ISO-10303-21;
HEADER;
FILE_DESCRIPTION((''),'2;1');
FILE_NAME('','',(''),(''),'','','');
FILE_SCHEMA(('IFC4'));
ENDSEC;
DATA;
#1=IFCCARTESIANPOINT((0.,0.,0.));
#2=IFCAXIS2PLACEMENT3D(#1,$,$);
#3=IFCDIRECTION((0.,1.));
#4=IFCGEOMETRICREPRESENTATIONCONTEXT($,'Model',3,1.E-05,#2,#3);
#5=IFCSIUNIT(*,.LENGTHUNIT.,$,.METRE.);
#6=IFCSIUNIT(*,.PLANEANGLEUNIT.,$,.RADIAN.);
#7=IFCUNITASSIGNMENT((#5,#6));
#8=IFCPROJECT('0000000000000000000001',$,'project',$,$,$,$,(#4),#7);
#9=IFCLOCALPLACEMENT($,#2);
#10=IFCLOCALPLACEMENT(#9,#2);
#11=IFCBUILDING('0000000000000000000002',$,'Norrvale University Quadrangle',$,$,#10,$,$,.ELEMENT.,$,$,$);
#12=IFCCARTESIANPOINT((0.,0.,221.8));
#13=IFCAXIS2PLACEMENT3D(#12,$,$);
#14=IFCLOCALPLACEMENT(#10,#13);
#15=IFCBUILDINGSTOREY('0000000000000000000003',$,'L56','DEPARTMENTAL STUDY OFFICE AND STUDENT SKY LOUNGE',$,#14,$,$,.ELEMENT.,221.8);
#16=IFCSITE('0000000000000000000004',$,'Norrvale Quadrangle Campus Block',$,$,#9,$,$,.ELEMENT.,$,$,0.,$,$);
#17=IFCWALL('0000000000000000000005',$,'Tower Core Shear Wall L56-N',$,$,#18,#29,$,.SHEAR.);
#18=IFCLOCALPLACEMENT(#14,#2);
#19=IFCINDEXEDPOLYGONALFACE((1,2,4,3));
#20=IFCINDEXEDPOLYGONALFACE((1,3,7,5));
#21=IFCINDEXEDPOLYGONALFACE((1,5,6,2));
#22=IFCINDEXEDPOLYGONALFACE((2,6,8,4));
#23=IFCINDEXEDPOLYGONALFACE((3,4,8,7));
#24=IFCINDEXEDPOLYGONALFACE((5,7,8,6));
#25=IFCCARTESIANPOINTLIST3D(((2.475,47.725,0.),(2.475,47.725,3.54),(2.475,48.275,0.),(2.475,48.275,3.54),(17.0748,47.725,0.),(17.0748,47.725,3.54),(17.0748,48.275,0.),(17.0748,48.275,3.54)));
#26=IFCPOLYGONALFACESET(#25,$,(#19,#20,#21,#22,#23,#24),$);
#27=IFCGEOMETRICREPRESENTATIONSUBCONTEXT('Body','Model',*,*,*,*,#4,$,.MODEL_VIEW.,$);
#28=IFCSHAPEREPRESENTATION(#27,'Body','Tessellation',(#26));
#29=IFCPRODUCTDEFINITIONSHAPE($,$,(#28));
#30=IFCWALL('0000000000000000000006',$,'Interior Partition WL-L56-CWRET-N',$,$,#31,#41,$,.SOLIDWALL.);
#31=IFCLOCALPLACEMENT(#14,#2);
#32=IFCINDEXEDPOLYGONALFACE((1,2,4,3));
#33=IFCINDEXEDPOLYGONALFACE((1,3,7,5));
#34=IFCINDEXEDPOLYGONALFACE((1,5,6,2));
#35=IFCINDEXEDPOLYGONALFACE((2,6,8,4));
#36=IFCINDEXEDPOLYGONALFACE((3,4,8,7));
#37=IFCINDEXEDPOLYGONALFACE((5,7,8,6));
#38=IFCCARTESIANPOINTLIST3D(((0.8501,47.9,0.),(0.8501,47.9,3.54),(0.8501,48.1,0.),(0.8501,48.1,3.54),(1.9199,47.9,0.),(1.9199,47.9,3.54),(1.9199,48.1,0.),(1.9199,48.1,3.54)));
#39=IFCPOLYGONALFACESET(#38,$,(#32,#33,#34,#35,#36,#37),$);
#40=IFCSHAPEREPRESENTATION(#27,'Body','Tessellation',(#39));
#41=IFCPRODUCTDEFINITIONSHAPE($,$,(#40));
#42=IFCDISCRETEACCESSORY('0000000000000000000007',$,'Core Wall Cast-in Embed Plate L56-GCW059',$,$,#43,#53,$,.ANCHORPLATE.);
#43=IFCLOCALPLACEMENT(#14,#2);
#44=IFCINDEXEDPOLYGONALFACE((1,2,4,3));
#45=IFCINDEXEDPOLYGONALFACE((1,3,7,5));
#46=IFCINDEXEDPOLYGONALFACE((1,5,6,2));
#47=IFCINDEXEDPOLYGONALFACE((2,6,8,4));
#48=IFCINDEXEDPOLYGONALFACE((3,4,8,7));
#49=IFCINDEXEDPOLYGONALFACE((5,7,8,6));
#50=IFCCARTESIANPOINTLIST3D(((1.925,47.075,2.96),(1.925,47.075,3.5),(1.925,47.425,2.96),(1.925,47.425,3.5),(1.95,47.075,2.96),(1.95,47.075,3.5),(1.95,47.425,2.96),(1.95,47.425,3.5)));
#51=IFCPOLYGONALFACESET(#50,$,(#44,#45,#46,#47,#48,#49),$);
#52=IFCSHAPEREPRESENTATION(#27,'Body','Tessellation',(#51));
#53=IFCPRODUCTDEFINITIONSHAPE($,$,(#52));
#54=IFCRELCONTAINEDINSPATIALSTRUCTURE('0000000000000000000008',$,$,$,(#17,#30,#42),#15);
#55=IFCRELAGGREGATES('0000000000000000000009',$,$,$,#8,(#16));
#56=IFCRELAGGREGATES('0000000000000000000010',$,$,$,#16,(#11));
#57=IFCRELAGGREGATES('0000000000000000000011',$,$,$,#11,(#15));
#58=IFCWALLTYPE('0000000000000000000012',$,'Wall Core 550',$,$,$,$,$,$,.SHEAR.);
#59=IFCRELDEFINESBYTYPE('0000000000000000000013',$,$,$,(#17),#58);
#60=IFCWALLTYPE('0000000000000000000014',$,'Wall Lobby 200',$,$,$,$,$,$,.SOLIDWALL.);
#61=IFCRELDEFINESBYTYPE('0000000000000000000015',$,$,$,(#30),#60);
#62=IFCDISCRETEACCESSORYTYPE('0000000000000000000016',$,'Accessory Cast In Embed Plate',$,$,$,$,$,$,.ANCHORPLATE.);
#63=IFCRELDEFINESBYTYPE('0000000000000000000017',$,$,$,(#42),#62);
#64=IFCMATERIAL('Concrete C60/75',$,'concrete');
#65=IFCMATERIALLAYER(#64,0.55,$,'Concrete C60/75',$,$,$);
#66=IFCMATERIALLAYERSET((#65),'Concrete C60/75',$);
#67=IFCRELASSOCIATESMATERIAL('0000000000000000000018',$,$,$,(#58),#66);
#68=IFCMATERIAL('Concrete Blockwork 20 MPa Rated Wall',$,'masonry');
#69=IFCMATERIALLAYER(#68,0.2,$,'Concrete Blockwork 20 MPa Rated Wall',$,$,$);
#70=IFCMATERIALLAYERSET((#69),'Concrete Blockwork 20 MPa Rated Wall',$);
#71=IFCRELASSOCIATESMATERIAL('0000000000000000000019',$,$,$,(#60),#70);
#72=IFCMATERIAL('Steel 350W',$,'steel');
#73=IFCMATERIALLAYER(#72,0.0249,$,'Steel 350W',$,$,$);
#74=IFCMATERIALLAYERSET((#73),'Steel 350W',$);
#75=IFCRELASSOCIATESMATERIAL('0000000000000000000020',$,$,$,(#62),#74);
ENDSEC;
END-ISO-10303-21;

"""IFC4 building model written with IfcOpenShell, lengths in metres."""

from ifc_helpers import new_model, si_unit, direction, frame, frame_2d, origin, origin_2d, place, context, subcontext, project, spatial, rectangle, extrude, material, layer, layer_set, type_object, element, save


model = new_model("IFC4")

# Units and contexts
model_context = context("Model", 3, precision=1e-05, world=origin(), true_north=direction((0.0, 1.0)))
body_context = subcontext(model_context, "Body", "Model", "MODEL_VIEW")
ifc_project = project(units=[si_unit("LENGTHUNIT", "METRE"), si_unit("PLANEANGLEUNIT", "RADIAN")], contexts=[model_context])

# Site, building, storey
site_placement = place(None, origin())
site = spatial("IfcSite", under=ifc_project, at=site_placement, Name="Norrvale Quadrangle Campus Block", CompositionType="ELEMENT", RefElevation=0.0)
building_placement = place(site_placement, origin())
building = spatial("IfcBuilding", under=site, at=building_placement, Name="Norrvale University Quadrangle", CompositionType="ELEMENT")
storey_placement = place(building_placement, frame((0.0, 0.0, 221.8)))
storey = spatial("IfcBuildingStorey", under=building, at=storey_placement, Name="L56", Description="DEPARTMENTAL STUDY OFFICE AND STUDENT SKY LOUNGE", CompositionType="ELEMENT", Elevation=221.8)

# Shared definitions
ifc_material_1 = material(Name="Concrete C60/75", Category="concrete")

# Shared definitions
ifc_material_2 = material(Name="Steel 350W", Category="steel")

# Walls
ifc_layer_1 = layer(ifc_material_1, 0.55, Name="Concrete C60/75")
ifc_layer_set_1 = layer_set([ifc_layer_1], Name="Concrete C60/75")
wall_type_1 = type_object("IfcWallType", Name="Wall Core 550", PredefinedType="SHEAR", material=ifc_layer_set_1)
wall_1_placement = place(storey_placement, frame((2.4751, 48.0, 0.0), z_axis=(0.0, 0.0, 1.0), x_axis=(1.0, 0.0, 0.0)))
element("IfcWall", 1, at=wall_1_placement, inside=storey, type_object=wall_type_1, Name="Tower Core Shear Wall L56-N", PredefinedType="SHEAR", context=body_context, shape_type="SweptSolid", body=[
    extrude(rectangle(XDim=14.5999, YDim=0.55, at=frame_2d((7.2998, 0.0))), origin(), (0.0, 0.0, 1.0), 3.54),
])
ifc_material_3 = material(Name="Concrete Blockwork 20 MPa Rated Wall", Category="masonry")
ifc_layer_2 = layer(ifc_material_3, 0.2, Name="Concrete Blockwork 20 MPa Rated Wall")
ifc_layer_set_2 = layer_set([ifc_layer_2], Name="Concrete Blockwork 20 MPa Rated Wall")
wall_type_2 = type_object("IfcWallType", Name="Wall Lobby 200", PredefinedType="SOLIDWALL", material=ifc_layer_set_2)
wall_2_placement = place(storey_placement, frame((0.8501, 48.0, 0.0), z_axis=(0.0, 0.0, 1.0), x_axis=(1.0, 0.0, 0.0)))
element("IfcWall", 2, at=wall_2_placement, inside=storey, type_object=wall_type_2, Name="Interior Partition WL-L56-CWRET-N", PredefinedType="SOLIDWALL", context=body_context, shape_type="SweptSolid", body=[
    extrude(rectangle(XDim=1.0698, YDim=0.2, at=frame_2d((0.5349, 0.0))), origin(), (0.0, 0.0, 1.0), 3.54),
])

# Discrete accessory
ifc_layer_3 = layer(ifc_material_2, 0.0249, Name="Steel 350W")
ifc_layer_set_3 = layer_set([ifc_layer_3], Name="Steel 350W")
discrete_accessory_type = type_object("IfcDiscreteAccessoryType", Name="Accessory Cast In Embed Plate", PredefinedType="ANCHORPLATE", material=ifc_layer_set_3)
discrete_accessory_placement = place(storey_placement, frame((1.9375, 47.25, 2.96), z_axis=(0.0, 0.0, 1.0), x_axis=(1.0, 0.0, 0.0)))
element("IfcDiscreteAccessory", 3, at=discrete_accessory_placement, inside=storey, type_object=discrete_accessory_type, Name="Core Wall Cast-in Embed Plate L56-GCW059", PredefinedType="ANCHORPLATE", context=body_context, shape_type="SweptSolid", body=[
    extrude(rectangle(XDim=0.0249, YDim=0.3501, at=origin_2d()), origin(), (0.0, 0.0, 1.0), 0.54),
])

save(model, "model.ifc")
